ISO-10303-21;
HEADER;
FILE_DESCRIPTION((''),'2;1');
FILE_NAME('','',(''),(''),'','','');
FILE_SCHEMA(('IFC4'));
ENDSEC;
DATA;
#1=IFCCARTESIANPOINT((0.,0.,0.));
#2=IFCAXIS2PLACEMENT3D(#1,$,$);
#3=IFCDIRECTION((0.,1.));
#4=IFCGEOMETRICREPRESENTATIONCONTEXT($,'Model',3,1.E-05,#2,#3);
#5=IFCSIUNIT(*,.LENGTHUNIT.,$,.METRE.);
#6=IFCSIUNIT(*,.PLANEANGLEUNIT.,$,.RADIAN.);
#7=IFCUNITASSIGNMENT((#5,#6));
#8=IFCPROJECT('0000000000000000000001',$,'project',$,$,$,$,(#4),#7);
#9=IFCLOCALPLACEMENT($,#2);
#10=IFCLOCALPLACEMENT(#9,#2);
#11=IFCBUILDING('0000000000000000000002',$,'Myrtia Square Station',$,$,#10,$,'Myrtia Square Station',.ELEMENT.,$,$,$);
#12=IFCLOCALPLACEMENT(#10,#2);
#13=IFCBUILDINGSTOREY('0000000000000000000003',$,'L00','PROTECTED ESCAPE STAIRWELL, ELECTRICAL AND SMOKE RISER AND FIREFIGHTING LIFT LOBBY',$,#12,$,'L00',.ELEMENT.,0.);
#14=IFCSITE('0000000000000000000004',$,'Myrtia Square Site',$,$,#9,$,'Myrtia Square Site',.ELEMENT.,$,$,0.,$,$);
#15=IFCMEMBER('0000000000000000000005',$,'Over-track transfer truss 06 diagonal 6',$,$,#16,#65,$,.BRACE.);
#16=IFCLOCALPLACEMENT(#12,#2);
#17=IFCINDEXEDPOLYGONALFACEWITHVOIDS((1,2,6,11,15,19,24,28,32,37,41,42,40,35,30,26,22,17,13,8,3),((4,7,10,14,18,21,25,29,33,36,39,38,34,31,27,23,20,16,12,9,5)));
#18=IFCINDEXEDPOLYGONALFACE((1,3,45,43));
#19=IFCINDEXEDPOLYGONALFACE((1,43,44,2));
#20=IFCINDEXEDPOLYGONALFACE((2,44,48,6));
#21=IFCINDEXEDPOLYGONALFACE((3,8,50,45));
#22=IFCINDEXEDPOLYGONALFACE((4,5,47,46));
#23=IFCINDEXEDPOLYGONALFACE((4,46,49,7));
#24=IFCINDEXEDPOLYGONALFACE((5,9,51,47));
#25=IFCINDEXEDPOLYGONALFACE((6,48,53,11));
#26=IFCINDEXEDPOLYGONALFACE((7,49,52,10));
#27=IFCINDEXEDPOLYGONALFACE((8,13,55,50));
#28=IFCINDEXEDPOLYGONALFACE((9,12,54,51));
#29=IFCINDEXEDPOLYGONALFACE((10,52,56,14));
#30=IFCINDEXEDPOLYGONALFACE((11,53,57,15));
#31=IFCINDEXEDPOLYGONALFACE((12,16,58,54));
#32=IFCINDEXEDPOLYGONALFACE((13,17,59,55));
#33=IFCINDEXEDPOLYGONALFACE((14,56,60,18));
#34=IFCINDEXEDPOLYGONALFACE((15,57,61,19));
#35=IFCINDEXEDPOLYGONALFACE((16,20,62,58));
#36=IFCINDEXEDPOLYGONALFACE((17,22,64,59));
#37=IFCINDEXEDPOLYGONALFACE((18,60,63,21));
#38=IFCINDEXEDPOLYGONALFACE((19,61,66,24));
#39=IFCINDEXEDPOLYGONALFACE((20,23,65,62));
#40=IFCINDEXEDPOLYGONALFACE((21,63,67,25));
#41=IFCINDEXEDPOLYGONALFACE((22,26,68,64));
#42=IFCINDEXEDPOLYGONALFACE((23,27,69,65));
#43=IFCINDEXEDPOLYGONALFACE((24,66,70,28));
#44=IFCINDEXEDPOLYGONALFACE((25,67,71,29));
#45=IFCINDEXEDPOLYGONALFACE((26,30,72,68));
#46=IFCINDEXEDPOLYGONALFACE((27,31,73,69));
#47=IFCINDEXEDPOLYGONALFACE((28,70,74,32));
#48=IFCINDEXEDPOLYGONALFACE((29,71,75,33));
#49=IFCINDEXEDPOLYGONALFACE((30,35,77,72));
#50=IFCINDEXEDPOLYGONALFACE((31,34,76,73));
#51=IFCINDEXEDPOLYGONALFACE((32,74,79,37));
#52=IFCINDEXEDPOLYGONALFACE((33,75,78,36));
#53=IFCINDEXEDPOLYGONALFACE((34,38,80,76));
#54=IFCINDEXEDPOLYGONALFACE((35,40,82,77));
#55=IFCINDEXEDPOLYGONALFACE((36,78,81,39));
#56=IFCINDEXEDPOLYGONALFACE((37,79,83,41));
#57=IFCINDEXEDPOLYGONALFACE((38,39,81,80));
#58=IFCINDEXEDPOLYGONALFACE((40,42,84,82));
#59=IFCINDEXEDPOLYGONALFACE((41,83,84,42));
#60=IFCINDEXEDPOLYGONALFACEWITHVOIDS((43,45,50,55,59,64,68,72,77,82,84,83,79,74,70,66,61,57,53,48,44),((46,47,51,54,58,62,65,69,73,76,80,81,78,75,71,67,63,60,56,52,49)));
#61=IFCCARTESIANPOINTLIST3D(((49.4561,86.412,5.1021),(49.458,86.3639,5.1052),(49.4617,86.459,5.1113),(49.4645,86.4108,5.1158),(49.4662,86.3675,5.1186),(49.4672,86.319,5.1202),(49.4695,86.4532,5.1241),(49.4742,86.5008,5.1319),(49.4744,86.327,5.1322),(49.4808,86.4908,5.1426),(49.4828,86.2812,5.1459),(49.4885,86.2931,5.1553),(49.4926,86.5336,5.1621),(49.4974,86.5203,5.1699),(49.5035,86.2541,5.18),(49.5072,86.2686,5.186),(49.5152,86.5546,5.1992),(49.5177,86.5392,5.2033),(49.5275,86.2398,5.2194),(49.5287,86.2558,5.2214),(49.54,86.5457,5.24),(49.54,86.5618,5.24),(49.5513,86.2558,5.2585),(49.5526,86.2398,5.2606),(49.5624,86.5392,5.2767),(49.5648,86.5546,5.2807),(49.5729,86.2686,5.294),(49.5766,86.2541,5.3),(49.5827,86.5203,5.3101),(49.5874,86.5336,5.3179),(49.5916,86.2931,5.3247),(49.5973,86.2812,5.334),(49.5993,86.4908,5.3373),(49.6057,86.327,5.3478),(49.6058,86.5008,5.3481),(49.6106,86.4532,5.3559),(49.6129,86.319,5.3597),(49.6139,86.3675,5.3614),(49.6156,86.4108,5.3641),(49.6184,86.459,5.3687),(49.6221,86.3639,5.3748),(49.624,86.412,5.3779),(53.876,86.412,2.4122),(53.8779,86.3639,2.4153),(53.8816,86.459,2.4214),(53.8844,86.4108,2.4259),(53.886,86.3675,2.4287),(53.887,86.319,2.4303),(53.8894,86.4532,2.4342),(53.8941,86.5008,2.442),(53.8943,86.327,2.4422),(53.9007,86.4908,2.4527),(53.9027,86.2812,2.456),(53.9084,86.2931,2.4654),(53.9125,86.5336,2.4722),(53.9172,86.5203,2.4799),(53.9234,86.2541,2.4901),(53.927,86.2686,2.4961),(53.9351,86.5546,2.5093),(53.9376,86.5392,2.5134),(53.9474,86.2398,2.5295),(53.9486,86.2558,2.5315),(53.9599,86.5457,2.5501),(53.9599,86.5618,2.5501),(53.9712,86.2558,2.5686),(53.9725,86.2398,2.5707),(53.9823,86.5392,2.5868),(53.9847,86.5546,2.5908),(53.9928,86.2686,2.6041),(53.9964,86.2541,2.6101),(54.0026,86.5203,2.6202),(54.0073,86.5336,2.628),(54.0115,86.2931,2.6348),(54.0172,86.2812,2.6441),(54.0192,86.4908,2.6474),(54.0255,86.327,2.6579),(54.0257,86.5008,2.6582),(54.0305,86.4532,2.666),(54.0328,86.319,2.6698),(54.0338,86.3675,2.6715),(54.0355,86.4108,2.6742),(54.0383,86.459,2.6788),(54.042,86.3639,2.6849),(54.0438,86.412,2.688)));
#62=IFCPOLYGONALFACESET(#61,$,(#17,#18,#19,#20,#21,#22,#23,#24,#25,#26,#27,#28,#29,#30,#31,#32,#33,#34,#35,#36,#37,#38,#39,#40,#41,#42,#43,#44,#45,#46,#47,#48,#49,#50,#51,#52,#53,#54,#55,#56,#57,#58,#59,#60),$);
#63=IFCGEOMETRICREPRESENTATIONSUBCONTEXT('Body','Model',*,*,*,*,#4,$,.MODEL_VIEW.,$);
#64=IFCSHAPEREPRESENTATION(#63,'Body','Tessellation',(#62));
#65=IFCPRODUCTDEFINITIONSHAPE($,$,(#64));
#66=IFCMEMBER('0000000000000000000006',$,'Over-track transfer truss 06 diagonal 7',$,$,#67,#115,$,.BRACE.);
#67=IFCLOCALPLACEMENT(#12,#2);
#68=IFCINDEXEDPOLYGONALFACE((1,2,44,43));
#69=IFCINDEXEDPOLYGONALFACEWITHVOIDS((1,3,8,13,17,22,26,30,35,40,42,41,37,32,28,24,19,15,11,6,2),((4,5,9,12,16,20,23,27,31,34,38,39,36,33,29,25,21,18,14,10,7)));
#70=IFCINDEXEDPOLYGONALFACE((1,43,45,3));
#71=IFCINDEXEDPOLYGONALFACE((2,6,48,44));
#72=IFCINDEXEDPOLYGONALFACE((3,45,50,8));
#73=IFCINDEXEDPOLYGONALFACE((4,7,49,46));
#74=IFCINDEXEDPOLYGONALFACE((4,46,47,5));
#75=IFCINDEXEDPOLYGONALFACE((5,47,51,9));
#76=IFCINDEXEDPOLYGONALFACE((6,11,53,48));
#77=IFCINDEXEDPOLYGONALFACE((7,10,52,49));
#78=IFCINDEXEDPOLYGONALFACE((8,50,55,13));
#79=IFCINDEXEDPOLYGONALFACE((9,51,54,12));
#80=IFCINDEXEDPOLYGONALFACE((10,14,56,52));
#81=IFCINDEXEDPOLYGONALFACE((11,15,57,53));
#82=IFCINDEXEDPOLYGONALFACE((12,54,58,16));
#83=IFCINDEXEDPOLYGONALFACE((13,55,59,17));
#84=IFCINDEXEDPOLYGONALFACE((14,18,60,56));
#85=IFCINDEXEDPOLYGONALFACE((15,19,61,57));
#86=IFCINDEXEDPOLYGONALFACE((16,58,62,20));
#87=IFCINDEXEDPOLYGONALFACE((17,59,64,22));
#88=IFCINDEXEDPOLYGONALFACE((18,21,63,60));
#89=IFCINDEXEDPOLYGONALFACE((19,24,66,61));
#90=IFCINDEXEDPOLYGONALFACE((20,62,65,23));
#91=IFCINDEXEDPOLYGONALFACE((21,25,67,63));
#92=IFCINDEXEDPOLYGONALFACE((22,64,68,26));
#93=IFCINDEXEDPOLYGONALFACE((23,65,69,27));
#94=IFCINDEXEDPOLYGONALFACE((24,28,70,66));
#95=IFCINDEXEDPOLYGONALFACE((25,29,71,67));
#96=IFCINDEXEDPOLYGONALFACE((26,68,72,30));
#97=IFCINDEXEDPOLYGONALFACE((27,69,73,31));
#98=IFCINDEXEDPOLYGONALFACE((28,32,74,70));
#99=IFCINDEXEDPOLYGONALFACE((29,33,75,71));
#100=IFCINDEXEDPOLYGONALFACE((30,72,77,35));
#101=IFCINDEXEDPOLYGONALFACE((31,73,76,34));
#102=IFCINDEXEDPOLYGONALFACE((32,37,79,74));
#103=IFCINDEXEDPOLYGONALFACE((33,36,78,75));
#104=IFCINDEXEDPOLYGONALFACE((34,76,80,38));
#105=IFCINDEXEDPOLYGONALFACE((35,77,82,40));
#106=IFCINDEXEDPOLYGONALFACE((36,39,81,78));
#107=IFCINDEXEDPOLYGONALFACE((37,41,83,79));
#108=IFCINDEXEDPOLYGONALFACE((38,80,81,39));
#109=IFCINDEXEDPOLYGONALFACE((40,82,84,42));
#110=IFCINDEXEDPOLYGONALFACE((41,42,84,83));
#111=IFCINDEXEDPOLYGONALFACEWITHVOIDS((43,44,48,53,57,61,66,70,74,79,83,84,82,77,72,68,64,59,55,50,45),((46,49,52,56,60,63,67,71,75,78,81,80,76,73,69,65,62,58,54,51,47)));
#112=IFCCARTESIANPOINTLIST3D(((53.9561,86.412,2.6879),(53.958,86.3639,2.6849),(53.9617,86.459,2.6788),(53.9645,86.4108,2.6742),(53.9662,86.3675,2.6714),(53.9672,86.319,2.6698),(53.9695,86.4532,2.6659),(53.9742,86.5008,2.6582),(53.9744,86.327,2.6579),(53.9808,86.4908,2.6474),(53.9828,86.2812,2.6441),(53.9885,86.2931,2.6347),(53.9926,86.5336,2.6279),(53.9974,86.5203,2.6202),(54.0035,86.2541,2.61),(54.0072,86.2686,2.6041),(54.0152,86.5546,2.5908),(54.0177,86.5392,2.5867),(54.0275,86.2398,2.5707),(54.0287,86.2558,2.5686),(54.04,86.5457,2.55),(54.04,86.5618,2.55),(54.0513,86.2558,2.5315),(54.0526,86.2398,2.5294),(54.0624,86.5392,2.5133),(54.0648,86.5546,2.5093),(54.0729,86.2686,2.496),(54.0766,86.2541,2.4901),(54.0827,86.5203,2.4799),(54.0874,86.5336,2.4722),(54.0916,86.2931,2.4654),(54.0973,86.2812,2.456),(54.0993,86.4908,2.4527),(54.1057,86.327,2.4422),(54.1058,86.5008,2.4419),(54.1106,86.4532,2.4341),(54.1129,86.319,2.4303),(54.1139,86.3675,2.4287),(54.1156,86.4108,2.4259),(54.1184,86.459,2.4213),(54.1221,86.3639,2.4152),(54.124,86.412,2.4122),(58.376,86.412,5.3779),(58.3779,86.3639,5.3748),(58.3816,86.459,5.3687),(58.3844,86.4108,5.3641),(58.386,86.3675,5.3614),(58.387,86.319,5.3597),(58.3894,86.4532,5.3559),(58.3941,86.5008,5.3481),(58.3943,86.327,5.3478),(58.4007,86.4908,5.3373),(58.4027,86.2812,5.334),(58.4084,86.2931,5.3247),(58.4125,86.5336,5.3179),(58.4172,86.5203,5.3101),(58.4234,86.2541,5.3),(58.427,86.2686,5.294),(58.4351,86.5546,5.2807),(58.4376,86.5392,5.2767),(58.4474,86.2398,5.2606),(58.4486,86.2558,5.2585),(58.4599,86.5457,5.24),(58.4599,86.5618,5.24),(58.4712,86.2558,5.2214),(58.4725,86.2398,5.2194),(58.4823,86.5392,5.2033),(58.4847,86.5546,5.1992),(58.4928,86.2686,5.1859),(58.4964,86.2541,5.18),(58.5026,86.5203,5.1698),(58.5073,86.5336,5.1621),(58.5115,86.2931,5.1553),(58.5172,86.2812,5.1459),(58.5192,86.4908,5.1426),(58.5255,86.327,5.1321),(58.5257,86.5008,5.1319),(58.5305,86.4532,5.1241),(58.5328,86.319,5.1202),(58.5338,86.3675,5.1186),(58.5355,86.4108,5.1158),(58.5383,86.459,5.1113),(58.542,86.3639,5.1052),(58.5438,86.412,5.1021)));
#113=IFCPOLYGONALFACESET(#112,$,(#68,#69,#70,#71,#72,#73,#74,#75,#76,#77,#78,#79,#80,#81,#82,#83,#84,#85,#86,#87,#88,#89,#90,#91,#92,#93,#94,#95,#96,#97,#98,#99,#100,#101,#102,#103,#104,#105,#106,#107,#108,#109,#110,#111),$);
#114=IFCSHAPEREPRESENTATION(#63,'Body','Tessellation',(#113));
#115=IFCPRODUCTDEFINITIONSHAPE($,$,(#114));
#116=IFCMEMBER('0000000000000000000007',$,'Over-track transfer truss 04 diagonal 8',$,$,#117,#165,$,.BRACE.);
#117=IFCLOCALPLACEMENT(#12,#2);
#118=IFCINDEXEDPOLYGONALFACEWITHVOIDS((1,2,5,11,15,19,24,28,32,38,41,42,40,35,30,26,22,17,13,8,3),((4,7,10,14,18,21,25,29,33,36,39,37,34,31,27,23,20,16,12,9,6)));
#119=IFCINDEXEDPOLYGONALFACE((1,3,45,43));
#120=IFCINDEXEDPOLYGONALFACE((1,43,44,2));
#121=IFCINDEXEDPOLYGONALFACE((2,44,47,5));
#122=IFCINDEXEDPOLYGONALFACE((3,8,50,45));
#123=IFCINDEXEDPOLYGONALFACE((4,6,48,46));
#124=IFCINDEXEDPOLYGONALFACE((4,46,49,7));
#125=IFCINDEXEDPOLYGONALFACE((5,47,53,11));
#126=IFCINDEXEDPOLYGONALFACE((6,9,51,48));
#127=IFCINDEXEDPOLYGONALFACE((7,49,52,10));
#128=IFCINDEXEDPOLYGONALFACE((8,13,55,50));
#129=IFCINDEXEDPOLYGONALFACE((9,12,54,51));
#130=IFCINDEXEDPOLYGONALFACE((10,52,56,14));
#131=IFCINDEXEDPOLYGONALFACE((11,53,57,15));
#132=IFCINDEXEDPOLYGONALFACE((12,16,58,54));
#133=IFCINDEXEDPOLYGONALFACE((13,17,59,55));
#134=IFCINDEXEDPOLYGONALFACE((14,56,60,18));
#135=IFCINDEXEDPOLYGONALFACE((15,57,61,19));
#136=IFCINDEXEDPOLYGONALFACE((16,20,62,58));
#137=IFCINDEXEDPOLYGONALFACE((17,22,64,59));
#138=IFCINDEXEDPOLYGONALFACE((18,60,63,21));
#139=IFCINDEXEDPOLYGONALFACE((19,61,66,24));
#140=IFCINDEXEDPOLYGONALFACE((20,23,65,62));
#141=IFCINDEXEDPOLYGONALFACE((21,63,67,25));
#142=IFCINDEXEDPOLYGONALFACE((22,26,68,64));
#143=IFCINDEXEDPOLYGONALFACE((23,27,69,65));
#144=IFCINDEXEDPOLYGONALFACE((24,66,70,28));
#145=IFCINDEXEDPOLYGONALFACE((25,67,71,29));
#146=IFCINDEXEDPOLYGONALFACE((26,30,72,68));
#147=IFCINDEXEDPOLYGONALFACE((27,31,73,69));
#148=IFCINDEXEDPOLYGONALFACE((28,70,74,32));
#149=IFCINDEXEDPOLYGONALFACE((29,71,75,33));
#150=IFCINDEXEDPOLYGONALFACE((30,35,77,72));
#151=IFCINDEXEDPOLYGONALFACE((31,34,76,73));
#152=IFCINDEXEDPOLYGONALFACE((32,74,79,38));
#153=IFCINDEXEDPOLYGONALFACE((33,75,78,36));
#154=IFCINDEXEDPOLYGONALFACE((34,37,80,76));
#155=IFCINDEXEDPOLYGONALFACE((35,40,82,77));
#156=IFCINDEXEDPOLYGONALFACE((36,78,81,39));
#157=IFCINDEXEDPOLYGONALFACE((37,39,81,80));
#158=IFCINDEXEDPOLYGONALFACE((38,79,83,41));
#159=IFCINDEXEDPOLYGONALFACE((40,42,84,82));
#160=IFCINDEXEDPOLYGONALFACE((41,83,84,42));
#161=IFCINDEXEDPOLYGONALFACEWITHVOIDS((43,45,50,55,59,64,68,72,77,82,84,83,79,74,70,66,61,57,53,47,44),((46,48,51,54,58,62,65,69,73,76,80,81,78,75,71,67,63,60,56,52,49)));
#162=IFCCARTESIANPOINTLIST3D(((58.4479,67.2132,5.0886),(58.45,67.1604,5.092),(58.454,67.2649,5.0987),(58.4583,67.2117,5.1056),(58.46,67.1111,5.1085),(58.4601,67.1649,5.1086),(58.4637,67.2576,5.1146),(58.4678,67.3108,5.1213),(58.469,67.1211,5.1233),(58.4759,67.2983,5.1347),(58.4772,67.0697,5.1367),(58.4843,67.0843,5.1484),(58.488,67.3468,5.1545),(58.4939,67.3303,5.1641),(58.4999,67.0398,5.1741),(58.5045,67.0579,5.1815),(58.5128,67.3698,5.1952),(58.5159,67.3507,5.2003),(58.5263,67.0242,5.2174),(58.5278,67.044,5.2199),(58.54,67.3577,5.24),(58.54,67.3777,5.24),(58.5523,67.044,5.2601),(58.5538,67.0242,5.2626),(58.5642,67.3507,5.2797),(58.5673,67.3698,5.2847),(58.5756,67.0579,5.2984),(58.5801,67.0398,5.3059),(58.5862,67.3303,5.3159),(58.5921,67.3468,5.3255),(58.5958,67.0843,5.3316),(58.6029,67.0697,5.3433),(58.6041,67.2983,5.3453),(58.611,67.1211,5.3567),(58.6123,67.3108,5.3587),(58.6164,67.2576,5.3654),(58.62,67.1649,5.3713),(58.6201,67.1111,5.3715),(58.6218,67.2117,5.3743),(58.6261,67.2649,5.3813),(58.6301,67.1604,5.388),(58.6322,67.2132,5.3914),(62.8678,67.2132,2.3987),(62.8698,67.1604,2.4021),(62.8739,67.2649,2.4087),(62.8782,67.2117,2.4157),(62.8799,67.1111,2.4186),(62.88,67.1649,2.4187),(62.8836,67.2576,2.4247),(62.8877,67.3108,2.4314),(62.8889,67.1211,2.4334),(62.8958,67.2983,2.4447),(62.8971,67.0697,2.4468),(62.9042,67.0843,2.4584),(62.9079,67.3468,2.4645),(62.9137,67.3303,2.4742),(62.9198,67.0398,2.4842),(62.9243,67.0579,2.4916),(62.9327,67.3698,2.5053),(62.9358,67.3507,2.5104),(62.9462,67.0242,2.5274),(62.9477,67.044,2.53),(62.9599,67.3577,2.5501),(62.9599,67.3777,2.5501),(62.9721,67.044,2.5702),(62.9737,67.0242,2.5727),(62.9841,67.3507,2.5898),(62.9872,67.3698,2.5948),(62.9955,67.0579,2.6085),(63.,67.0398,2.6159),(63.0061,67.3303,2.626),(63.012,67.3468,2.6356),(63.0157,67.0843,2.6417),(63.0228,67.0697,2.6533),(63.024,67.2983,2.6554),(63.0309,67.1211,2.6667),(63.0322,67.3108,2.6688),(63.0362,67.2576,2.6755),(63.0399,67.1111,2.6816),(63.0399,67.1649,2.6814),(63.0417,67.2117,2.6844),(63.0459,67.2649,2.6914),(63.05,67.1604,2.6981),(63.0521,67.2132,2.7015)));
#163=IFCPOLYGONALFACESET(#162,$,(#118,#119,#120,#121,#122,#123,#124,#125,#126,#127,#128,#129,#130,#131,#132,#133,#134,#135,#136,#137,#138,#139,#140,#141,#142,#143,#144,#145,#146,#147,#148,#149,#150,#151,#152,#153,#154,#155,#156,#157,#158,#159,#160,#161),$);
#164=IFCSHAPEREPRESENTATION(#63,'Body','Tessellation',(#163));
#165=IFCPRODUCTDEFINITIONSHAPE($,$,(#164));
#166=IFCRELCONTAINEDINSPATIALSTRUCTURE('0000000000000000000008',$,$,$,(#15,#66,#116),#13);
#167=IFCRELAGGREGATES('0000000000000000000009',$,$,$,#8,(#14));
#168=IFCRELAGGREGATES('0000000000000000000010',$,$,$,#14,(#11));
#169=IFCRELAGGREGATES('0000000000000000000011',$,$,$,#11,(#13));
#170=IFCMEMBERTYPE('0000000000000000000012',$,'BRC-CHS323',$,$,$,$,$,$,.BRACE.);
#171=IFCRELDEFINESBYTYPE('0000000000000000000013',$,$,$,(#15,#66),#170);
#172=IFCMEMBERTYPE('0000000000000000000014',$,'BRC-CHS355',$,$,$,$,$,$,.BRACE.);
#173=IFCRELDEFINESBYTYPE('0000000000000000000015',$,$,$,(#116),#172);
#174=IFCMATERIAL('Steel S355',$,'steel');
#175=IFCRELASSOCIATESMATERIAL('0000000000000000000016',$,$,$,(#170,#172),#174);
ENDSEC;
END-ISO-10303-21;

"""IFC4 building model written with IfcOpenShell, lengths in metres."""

from ifc_helpers import new_model, si_unit, direction, frame, origin, origin_2d, place, context, subcontext, project, spatial, hollow_circle, extrude, material, material_profile, profile_set, type_object, element, save


model = new_model("IFC4")

# Units and contexts
model_context = context("Model", 3, precision=1e-05, world=origin(), true_north=direction((0.0, 1.0)))
body_context = subcontext(model_context, "Body", "Model", "MODEL_VIEW")
ifc_project = project(units=[si_unit("LENGTHUNIT", "METRE"), si_unit("PLANEANGLEUNIT", "RADIAN")], contexts=[model_context])

# Site, building, storey
site_placement = place(None, origin())
site = spatial("IfcSite", under=ifc_project, at=site_placement, Name="Myrtia Square Site", LongName="Myrtia Square Site", CompositionType="ELEMENT", RefElevation=0.0)
building_placement = place(site_placement, origin())
building = spatial("IfcBuilding", under=site, at=building_placement, Name="Myrtia Square Station", LongName="Myrtia Square Station", CompositionType="ELEMENT")
storey_placement = place(building_placement, origin())
storey = spatial("IfcBuildingStorey", under=building, at=storey_placement, Name="L00", Description="PROTECTED ESCAPE STAIRWELL, ELECTRICAL AND SMOKE RISER AND FIREFIGHTING LIFT LOBBY", LongName="L00", CompositionType="ELEMENT", Elevation=0.0)

# Shared definitions
ifc_material_1 = material(Name="Steel S355", Category="steel")

# Members
ifc_material_profile_1 = material_profile(ifc_material_1, hollow_circle(Radius=0.1619, WallThickness=0.0161, at=origin_2d()), Name="CHS 323.9x16")
ifc_profile_set_1 = profile_set([ifc_material_profile_1], Name="Steel S355")
member_type_1 = type_object("IfcMemberType", Name="BRC-CHS323", PredefinedType="BRACE", material=ifc_profile_set_1)
for number, where, z_axis, x_axis, name in (
    (1, (49.54, 86.3999, 5.24), (0.854237, 0.0, -0.519884), (0.0, 1.0, 0.0), "Over-track transfer truss 06 diagonal 6"),
    (2, (54.04, 86.3999, 2.55), (0.854237, 0.0, 0.519884), (0.0, 1.0, 0.0), "Over-track transfer truss 06 diagonal 7"),
):
    element("IfcMember", number, at=place(storey_placement, frame(where, z_axis=z_axis, x_axis=x_axis)), inside=storey, type_object=member_type_1, Name=name, PredefinedType="BRACE", context=body_context, shape_type="SweptSolid", body=[
        extrude(hollow_circle(Radius=0.1619, WallThickness=0.0161, at=origin_2d()), origin(), (0.0, 0.0, 1.0), 5.1741),
    ])
ifc_material_profile_2 = material_profile(ifc_material_1, hollow_circle(Radius=0.1777, WallThickness=0.02, at=origin_2d()), Name="CHS 355.6x20")
ifc_profile_set_2 = profile_set([ifc_material_profile_2], Name="Steel S355")
member_type_2 = type_object("IfcMemberType", Name="BRC-CHS355", PredefinedType="BRACE", material=ifc_profile_set_2)
for number, where, z_axis, x_axis, name in (
    (3, (58.54, 67.2, 5.24), (0.854237, 0.0, -0.519884), (0.0, 1.0, 0.0), "Over-track transfer truss 04 diagonal 8"),
):
    element("IfcMember", number, at=place(storey_placement, frame(where, z_axis=z_axis, x_axis=x_axis)), inside=storey, type_object=member_type_2, Name=name, PredefinedType="BRACE", context=body_context, shape_type="SweptSolid", body=[
        extrude(hollow_circle(Radius=0.1777, WallThickness=0.02, at=origin_2d()), origin(), (0.0, 0.0, 1.0), 5.1741),
    ])

save(model, "model.ifc")
